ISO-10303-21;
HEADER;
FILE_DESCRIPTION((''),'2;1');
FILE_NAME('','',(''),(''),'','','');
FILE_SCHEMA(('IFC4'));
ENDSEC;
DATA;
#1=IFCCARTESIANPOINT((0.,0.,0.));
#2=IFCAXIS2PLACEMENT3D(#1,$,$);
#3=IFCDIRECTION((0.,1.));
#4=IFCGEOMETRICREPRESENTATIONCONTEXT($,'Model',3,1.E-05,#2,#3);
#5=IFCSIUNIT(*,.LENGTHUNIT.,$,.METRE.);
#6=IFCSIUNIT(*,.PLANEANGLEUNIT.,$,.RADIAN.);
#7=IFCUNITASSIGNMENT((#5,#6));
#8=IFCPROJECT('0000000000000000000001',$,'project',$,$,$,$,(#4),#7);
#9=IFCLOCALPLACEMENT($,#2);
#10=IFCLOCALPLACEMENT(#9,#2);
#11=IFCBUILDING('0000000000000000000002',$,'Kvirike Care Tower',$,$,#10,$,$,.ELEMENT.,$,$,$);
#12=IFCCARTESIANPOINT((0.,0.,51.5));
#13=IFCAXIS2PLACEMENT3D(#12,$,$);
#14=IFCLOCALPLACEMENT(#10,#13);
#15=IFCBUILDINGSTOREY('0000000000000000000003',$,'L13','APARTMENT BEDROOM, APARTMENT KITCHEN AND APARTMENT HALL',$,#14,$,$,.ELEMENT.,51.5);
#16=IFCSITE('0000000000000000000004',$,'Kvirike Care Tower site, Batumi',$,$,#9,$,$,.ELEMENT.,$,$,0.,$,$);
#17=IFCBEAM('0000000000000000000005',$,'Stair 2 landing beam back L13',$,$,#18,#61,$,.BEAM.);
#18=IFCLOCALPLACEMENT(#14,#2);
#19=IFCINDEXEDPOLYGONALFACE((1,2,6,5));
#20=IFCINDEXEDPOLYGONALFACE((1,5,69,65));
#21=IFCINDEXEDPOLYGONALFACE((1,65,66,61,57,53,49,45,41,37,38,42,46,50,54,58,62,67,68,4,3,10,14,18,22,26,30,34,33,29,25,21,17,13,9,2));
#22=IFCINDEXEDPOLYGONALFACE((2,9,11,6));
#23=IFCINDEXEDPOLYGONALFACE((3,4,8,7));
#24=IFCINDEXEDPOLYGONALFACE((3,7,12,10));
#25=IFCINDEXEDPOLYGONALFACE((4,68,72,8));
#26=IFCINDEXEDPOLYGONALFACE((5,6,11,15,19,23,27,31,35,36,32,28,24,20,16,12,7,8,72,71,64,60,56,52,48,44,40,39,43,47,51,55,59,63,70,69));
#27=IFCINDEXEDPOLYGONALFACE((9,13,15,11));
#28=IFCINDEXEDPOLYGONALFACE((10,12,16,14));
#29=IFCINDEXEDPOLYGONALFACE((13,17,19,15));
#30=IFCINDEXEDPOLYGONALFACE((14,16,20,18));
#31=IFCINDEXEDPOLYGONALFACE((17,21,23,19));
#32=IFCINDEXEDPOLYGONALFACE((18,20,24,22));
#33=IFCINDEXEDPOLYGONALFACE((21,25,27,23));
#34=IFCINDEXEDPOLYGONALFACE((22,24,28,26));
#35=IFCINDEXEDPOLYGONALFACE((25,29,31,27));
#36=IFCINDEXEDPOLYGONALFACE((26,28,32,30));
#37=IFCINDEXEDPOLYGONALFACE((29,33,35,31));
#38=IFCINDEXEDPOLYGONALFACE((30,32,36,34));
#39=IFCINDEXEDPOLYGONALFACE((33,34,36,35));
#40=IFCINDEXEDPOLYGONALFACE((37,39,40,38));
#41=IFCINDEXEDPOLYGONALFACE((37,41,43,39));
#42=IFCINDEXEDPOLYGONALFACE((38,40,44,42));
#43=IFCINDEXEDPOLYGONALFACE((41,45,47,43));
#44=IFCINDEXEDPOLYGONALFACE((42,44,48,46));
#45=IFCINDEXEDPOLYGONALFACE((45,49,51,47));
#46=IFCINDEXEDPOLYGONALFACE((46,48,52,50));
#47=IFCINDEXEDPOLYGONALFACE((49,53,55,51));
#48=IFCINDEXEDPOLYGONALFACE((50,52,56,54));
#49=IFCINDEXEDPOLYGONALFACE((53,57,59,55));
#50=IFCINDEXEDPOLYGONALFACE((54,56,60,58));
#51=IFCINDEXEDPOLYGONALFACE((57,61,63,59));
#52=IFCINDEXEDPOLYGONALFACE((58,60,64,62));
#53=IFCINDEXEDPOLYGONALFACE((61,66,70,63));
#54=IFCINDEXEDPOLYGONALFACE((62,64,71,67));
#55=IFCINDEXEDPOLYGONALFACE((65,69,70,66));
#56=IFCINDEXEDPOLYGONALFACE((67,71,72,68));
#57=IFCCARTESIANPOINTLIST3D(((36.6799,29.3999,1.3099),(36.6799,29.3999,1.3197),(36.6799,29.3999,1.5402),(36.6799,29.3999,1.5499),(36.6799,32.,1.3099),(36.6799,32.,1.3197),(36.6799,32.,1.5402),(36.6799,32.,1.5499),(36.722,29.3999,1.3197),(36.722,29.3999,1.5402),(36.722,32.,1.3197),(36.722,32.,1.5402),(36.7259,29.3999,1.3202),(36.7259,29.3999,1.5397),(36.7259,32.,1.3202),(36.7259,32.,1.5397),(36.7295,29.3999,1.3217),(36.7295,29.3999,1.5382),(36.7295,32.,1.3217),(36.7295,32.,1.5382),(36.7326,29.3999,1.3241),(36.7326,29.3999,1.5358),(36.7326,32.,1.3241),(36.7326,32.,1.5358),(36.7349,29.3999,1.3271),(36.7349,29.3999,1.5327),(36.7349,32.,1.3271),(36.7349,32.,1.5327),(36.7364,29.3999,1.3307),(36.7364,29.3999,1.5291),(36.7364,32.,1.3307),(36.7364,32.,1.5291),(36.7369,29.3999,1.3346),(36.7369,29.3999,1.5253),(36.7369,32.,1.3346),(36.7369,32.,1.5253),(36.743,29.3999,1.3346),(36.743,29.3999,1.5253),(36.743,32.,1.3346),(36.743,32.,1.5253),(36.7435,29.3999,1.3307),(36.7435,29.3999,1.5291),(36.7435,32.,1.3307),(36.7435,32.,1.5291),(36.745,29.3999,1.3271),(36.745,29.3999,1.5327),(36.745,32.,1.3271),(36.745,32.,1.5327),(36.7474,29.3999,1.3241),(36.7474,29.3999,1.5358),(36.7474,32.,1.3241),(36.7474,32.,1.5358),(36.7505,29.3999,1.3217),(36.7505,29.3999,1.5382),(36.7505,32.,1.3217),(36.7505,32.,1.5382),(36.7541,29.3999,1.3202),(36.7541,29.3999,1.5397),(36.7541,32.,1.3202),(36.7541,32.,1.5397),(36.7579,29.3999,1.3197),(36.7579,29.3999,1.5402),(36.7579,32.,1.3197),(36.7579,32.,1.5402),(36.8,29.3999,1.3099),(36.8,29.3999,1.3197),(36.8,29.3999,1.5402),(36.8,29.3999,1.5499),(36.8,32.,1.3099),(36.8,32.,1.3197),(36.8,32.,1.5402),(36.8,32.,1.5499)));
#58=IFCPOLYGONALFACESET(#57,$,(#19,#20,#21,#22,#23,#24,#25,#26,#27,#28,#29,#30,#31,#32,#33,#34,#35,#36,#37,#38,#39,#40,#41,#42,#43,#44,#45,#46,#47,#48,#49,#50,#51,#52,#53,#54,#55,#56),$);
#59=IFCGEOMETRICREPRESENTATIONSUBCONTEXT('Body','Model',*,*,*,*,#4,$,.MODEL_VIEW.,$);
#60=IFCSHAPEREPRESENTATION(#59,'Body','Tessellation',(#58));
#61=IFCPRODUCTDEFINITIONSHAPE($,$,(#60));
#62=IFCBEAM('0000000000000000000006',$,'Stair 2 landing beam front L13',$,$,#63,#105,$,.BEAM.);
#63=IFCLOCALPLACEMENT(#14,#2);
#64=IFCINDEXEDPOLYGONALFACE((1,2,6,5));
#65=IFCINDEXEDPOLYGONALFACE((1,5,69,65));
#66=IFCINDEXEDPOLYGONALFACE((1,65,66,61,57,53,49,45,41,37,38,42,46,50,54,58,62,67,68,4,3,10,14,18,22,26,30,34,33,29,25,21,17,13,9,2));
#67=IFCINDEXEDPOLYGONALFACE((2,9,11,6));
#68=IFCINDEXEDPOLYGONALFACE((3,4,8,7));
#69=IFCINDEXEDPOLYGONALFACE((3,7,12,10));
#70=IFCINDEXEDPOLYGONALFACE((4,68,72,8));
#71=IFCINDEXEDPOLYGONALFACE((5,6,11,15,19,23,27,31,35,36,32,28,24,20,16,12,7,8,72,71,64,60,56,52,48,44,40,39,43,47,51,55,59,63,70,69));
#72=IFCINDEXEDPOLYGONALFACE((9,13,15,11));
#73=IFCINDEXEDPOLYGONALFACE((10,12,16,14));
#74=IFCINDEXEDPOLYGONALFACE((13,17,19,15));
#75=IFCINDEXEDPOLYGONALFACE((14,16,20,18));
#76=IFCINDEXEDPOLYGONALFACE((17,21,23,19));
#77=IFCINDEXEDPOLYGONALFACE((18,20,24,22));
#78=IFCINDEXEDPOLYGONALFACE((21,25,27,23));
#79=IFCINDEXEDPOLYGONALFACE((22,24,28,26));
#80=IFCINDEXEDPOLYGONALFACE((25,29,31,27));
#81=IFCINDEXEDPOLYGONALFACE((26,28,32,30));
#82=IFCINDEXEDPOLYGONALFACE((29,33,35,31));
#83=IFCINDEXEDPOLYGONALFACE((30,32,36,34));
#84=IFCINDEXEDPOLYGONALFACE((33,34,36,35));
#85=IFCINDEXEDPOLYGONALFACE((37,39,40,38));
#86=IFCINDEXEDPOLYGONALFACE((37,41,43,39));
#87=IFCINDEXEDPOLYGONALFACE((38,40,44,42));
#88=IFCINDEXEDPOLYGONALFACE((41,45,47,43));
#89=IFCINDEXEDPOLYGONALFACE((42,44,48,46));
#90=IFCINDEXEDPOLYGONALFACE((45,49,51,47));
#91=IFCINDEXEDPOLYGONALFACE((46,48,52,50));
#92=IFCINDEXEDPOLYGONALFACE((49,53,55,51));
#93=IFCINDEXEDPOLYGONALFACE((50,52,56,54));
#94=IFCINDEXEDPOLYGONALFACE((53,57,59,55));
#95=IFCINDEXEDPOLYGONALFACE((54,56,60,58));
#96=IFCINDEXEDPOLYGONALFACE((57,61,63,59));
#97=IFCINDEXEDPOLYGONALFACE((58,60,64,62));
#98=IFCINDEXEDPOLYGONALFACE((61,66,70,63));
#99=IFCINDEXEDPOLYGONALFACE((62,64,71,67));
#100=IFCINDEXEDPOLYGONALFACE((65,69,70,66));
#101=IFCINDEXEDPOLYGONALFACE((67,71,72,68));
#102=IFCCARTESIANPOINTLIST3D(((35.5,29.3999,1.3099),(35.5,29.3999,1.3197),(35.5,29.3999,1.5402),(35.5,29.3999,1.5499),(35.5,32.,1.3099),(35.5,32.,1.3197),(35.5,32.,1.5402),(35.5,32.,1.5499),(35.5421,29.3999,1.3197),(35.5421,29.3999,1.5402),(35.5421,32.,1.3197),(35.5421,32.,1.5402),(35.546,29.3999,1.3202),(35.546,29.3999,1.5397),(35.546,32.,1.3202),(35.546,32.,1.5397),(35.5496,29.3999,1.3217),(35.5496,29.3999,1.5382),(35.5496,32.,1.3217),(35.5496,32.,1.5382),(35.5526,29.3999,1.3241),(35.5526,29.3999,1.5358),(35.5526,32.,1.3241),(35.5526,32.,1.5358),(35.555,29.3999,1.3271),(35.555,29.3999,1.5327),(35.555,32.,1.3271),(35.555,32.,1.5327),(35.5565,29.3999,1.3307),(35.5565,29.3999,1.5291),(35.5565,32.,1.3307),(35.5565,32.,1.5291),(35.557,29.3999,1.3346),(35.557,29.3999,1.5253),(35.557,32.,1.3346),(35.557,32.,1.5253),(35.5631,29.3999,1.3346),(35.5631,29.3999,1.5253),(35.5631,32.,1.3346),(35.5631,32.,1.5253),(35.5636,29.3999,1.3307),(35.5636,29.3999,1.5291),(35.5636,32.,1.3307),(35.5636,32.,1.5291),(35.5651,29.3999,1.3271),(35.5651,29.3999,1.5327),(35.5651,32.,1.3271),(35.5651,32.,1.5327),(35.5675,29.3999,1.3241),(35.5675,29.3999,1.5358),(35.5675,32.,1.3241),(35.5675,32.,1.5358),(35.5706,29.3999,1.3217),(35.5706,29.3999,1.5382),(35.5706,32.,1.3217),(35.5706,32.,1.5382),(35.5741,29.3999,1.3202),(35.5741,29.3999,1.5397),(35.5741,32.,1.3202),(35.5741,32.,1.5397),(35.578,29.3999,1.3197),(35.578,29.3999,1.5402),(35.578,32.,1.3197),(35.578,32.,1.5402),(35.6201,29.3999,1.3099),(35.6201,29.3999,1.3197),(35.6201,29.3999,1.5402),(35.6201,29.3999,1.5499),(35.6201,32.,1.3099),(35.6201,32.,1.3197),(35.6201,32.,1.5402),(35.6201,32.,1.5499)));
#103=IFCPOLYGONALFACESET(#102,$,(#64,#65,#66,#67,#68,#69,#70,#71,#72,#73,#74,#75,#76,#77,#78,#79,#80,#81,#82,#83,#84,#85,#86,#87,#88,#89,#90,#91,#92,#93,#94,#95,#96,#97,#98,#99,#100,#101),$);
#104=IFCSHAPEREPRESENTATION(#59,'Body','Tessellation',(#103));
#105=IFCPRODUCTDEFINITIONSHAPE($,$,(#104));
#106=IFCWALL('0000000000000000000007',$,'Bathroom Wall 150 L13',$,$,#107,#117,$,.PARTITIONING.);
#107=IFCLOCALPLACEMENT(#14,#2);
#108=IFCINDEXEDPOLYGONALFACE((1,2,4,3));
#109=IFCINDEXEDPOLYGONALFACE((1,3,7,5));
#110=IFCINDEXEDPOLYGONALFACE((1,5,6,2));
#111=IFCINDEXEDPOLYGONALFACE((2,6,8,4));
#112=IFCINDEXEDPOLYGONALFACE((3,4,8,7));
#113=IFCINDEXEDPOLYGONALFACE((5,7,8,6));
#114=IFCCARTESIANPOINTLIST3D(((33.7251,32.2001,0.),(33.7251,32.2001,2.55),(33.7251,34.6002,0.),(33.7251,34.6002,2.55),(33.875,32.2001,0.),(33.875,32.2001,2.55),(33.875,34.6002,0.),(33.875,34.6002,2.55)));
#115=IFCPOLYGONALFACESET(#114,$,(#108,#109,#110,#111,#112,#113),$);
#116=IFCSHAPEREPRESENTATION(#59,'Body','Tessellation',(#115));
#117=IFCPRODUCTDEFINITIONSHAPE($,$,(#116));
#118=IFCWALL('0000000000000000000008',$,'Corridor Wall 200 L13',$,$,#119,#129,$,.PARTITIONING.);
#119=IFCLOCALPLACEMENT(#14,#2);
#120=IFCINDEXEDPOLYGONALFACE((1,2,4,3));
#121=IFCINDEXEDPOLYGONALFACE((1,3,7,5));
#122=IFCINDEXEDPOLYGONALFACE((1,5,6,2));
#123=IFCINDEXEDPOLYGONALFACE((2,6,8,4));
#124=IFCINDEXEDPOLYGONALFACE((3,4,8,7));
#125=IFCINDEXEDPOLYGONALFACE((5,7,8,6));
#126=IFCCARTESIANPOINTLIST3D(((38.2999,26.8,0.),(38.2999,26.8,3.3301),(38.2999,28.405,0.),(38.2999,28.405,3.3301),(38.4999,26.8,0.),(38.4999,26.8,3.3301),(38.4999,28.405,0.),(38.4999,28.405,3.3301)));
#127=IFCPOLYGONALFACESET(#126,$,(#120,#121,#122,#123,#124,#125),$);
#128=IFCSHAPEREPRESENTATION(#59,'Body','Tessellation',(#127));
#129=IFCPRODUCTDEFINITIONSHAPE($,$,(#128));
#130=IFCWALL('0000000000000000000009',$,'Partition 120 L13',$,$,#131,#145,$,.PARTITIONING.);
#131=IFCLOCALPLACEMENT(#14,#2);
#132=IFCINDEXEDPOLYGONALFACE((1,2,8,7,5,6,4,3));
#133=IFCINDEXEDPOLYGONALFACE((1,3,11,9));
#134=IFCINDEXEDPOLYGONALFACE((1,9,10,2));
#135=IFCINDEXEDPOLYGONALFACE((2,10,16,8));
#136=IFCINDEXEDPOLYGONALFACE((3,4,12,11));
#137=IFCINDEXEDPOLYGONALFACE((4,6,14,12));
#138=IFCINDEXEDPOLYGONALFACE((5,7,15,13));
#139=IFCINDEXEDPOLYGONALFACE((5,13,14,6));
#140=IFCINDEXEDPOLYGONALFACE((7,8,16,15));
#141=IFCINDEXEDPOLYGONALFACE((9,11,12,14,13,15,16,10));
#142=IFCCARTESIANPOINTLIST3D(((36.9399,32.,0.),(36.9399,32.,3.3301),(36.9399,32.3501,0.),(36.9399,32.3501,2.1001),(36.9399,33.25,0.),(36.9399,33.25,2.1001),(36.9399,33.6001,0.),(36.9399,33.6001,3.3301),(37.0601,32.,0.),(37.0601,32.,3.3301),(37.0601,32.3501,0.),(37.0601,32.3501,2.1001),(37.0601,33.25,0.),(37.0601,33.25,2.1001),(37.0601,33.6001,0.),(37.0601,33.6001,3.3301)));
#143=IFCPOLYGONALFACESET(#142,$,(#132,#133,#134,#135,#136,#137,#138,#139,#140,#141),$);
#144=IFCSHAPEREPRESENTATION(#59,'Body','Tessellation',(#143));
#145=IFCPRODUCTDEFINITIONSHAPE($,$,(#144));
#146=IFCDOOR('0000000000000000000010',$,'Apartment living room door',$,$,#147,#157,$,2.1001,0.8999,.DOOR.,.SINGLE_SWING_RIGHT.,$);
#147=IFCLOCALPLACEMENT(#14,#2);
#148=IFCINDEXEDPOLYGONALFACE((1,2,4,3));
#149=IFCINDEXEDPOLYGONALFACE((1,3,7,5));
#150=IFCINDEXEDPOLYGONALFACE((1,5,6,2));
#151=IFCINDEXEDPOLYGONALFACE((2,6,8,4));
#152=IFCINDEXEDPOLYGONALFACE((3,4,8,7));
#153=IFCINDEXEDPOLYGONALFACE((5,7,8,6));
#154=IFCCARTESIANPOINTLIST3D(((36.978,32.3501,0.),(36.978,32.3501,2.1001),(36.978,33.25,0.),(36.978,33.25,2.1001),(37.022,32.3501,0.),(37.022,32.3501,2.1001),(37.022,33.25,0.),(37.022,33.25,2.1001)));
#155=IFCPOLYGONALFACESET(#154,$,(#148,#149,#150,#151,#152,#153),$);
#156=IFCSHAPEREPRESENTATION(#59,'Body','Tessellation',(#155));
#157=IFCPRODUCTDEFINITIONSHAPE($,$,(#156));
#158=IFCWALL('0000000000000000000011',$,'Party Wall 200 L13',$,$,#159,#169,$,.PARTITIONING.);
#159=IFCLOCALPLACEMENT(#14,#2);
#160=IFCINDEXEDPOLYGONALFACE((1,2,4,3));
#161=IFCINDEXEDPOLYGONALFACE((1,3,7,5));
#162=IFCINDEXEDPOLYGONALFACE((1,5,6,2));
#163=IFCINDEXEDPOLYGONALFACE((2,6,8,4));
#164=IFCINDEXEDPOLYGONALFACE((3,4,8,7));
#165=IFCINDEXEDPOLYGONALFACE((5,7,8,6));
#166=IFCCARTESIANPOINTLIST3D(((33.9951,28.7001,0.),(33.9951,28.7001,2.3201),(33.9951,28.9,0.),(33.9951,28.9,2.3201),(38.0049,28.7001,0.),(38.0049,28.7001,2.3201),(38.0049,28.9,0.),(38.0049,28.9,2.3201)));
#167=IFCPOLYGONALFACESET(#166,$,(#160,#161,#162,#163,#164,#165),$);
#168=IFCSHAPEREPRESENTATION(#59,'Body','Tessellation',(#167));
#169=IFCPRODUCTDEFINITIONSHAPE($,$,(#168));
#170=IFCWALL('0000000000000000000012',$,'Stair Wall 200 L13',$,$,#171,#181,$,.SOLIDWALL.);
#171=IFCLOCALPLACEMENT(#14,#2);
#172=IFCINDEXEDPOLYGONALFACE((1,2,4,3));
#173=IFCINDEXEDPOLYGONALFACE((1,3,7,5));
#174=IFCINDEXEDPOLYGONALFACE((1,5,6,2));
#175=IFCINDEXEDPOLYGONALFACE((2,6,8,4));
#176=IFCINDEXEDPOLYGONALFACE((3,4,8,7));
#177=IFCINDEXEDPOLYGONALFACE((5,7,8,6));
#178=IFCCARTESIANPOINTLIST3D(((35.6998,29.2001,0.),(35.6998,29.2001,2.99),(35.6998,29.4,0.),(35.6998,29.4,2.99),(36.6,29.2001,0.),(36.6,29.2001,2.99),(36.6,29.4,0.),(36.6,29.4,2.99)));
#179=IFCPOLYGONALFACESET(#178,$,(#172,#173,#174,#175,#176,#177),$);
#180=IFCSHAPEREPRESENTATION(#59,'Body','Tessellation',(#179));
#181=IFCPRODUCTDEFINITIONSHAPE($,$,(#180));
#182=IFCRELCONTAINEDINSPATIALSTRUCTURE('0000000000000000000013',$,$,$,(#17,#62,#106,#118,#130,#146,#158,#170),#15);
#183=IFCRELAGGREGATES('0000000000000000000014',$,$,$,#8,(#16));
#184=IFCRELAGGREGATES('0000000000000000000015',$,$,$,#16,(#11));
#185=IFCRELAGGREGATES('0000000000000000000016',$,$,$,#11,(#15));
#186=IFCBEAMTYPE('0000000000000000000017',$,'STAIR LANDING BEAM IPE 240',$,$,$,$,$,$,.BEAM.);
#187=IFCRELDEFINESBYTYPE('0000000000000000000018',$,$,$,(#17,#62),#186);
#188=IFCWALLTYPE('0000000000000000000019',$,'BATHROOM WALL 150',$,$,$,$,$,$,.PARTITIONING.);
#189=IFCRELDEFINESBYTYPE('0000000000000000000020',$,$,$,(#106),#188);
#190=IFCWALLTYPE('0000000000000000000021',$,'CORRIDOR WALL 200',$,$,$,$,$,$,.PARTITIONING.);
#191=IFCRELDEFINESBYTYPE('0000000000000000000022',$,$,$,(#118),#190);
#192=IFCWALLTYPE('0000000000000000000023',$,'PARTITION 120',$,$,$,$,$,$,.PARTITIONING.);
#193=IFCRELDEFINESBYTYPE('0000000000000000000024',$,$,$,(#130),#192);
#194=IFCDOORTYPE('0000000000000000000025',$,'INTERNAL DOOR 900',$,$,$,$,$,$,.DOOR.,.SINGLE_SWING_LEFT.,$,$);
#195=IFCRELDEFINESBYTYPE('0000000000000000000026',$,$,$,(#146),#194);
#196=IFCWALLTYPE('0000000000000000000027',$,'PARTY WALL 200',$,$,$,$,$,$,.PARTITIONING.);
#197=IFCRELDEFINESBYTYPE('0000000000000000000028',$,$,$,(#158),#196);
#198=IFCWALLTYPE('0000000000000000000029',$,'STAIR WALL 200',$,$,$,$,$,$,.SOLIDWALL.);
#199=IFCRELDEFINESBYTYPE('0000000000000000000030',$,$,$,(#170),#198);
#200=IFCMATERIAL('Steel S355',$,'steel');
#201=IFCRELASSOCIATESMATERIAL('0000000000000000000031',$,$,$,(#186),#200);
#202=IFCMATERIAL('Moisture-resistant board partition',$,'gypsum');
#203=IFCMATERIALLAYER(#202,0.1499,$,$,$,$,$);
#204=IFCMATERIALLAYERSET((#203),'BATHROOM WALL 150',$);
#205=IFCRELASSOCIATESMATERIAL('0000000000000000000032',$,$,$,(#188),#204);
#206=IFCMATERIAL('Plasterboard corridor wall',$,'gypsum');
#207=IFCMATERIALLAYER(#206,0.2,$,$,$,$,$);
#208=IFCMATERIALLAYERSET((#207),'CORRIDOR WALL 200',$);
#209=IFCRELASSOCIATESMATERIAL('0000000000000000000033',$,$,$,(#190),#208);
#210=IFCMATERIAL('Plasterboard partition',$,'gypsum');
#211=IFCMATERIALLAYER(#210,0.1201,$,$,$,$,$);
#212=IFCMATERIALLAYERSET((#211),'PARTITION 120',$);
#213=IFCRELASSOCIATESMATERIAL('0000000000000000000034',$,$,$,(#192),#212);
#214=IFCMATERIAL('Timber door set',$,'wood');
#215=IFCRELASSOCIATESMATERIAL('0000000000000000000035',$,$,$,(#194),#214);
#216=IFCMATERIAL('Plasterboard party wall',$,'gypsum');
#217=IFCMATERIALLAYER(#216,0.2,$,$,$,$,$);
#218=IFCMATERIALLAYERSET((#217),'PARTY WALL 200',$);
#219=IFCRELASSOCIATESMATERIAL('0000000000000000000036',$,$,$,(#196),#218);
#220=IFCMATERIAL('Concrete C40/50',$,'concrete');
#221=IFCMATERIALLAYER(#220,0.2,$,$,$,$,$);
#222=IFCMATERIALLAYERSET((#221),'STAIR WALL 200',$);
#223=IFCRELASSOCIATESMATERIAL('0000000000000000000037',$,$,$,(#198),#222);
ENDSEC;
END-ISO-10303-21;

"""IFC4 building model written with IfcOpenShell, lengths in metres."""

from ifc_helpers import new_model, si_unit, direction, frame, frame_2d, origin, origin_2d, place, context, subcontext, project, spatial, rectangle, i_section, extrude, material, layer, layer_set, material_profile, profile_set, type_object, element, fill, save


model = new_model("IFC4")

# Units and contexts
model_context = context("Model", 3, precision=1e-05, world=origin(), true_north=direction((0.0, 1.0)))
body_context = subcontext(model_context, "Body", "Model", "MODEL_VIEW")
ifc_project = project(units=[si_unit("LENGTHUNIT", "METRE"), si_unit("PLANEANGLEUNIT", "RADIAN")], contexts=[model_context])

# Site, building, storey
site_placement = place(None, origin())
site = spatial("IfcSite", under=ifc_project, at=site_placement, Name="Kvirike Care Tower site, Batumi", CompositionType="ELEMENT", RefElevation=0.0)
building_placement = place(site_placement, origin())
building = spatial("IfcBuilding", under=site, at=building_placement, Name="Kvirike Care Tower", CompositionType="ELEMENT")
storey_placement = place(building_placement, frame((0.0, 0.0, 51.5)))
storey = spatial("IfcBuildingStorey", under=building, at=storey_placement, Name="L13", Description="APARTMENT BEDROOM, APARTMENT KITCHEN AND APARTMENT HALL", CompositionType="ELEMENT", Elevation=51.5)

# Beams
ifc_material_1 = material(Name="Steel S355", Category="steel")
ifc_material_profile_1 = material_profile(ifc_material_1, i_section(OverallWidth=0.1201, OverallDepth=0.24, WebThickness=0.0061, FlangeThickness=0.0098, FilletRadius=0.0149, at=origin_2d()), Name="IPE 240")
ifc_profile_set_1 = profile_set([ifc_material_profile_1], Name="Steel S355")
beam_type_1 = type_object("IfcBeamType", Name="STAIR LANDING BEAM IPE 240", PredefinedType="BEAM", material=ifc_profile_set_1)
for number, where, z_axis, x_axis, name in (
    (1, (36.74, 29.3999, 1.4299), (0.0, 1.0, 0.0), (-1.0, 0.0, 0.0), "Stair 2 landing beam back L13"),
    (2, (35.5601, 29.3999, 1.4299), (0.0, 1.0, 0.0), (-1.0, 0.0, 0.0), "Stair 2 landing beam front L13"),
):
    element("IfcBeam", number, at=place(storey_placement, frame(where, z_axis=z_axis, x_axis=x_axis)), inside=storey, type_object=beam_type_1, Name=name, PredefinedType="BEAM", context=body_context, shape_type="SweptSolid", body=[
        extrude(i_section(OverallWidth=0.1201, OverallDepth=0.24, WebThickness=0.0061, FlangeThickness=0.0098, FilletRadius=0.0149, at=origin_2d()), origin(), (0.0, 0.0, 1.0), 2.6001),
    ])

# Walls
ifc_material_2 = material(Name="Moisture-resistant board partition", Category="gypsum")
ifc_layer_1 = layer(ifc_material_2, 0.1499)
ifc_layer_set_1 = layer_set([ifc_layer_1], Name="BATHROOM WALL 150")
wall_type_1 = type_object("IfcWallType", Name="BATHROOM WALL 150", PredefinedType="PARTITIONING", material=ifc_layer_set_1)
wall_1_placement = place(storey_placement, frame((33.8, 32.2, 0.0), z_axis=(0.0, 0.0, 1.0), x_axis=(0.0, 1.0, 0.0)))
element("IfcWall", 3, at=wall_1_placement, inside=storey, type_object=wall_type_1, Name="Bathroom Wall 150 L13", PredefinedType="PARTITIONING", context=body_context, shape_type="SweptSolid", body=[
    extrude(rectangle(XDim=2.4001, YDim=0.1499, at=frame_2d((1.2002, 0.0))), origin(), (0.0, 0.0, 1.0), 2.55),
])
ifc_material_3 = material(Name="Plasterboard corridor wall", Category="gypsum")
ifc_layer_2 = layer(ifc_material_3, 0.2)
ifc_layer_set_2 = layer_set([ifc_layer_2], Name="CORRIDOR WALL 200")
wall_type_2 = type_object("IfcWallType", Name="CORRIDOR WALL 200", PredefinedType="PARTITIONING", material=ifc_layer_set_2)
wall_2_placement = place(storey_placement, frame((38.3999, 26.8, 0.0), z_axis=(0.0, 0.0, 1.0), x_axis=(0.0, 1.0, 0.0)))
element("IfcWall", 4, at=wall_2_placement, inside=storey, type_object=wall_type_2, Name="Corridor Wall 200 L13", PredefinedType="PARTITIONING", context=body_context, shape_type="SweptSolid", body=[
    extrude(rectangle(XDim=1.605, YDim=0.2, at=frame_2d((0.8025, 0.0))), origin(), (0.0, 0.0, 1.0), 3.3301),
])

# Wall, opening, door
ifc_material_4 = material(Name="Plasterboard partition", Category="gypsum")
ifc_layer_3 = layer(ifc_material_4, 0.1201)
ifc_layer_set_3 = layer_set([ifc_layer_3], Name="PARTITION 120")
wall_type_3 = type_object("IfcWallType", Name="PARTITION 120", PredefinedType="PARTITIONING", material=ifc_layer_set_3)
wall_3_placement = place(storey_placement, frame((37.0, 32.0, 0.0), z_axis=(0.0, 0.0, 1.0), x_axis=(0.0, 1.0, 0.0)))
wall_3 = element("IfcWall", 5, at=wall_3_placement, inside=storey, type_object=wall_type_3, Name="Partition 120 L13", PredefinedType="PARTITIONING", context=body_context, shape_type="SweptSolid", body=[
    extrude(rectangle(XDim=1.6001, YDim=0.1201, at=frame_2d((0.8, 0.0))), origin(), (0.0, 0.0, 1.0), 3.3301),
])
opening_placement = place(wall_3_placement, frame((0.3501, 0.0, 0.0)))
opening = element("IfcOpeningElement", 6, at=opening_placement, cuts=wall_3, PredefinedType="OPENING", context=body_context, shape_type="SweptSolid", body=[
    extrude(rectangle(XDim=0.8999, YDim=2.1001, at=frame_2d((0.45, 1.05))), frame((0.0, 0.0706, 0.0), z_axis=(0.0, -1.0, 0.0), x_axis=(1.0, 0.0, 0.0)), (0.0, 0.0, 1.0), 0.1411),
])
ifc_material_5 = material(Name="Timber door set", Category="wood")
door_type = type_object("IfcDoorType", Name="INTERNAL DOOR 900", OperationType="SINGLE_SWING_LEFT", PredefinedType="DOOR", material=ifc_material_5)
door_placement = place(opening_placement, frame((0.8999, 0.0, 0.0), z_axis=(0.0, 0.0, 1.0), x_axis=(-1.0, 0.0, 0.0)))
door = element("IfcDoor", 7, at=door_placement, inside=storey, type_object=door_type, Name="Apartment living room door", OperationType="SINGLE_SWING_RIGHT", OverallHeight=2.1001, OverallWidth=0.8999, PredefinedType="DOOR", context=body_context, shape_type="SweptSolid", body=[
    extrude(rectangle(XDim=0.8999, YDim=2.1001, at=frame_2d((0.45, 1.05))), frame((0.0, 0.022, 0.0), z_axis=(0.0, -1.0, 0.0), x_axis=(1.0, 0.0, 0.0)), (0.0, 0.0, 1.0), 0.0439),
])
fill(opening, door)

# Walls
ifc_material_6 = material(Name="Plasterboard party wall", Category="gypsum")
ifc_layer_4 = layer(ifc_material_6, 0.2)
ifc_layer_set_4 = layer_set([ifc_layer_4], Name="PARTY WALL 200")
wall_type_4 = type_object("IfcWallType", Name="PARTY WALL 200", PredefinedType="PARTITIONING", material=ifc_layer_set_4)
wall_4_placement = place(storey_placement, frame((38.0049, 28.8, 0.0), z_axis=(0.0, 0.0, 1.0), x_axis=(-1.0, 0.0, 0.0)))
element("IfcWall", 8, at=wall_4_placement, inside=storey, type_object=wall_type_4, Name="Party Wall 200 L13", PredefinedType="PARTITIONING", context=body_context, shape_type="SweptSolid", body=[
    extrude(rectangle(XDim=4.0098, YDim=0.2, at=frame_2d((2.0049, 0.0))), origin(), (0.0, 0.0, 1.0), 2.3201),
])
ifc_material_7 = material(Name="Concrete C40/50", Category="concrete")
ifc_layer_5 = layer(ifc_material_7, 0.2)
ifc_layer_set_5 = layer_set([ifc_layer_5], Name="STAIR WALL 200")
wall_type_5 = type_object("IfcWallType", Name="STAIR WALL 200", PredefinedType="SOLIDWALL", material=ifc_layer_set_5)
wall_5_placement = place(storey_placement, frame((36.6001, 29.3, 0.0), z_axis=(0.0, 0.0, 1.0), x_axis=(-1.0, 0.0, 0.0)))
element("IfcWall", 9, at=wall_5_placement, inside=storey, type_object=wall_type_5, Name="Stair Wall 200 L13", PredefinedType="SOLIDWALL", context=body_context, shape_type="SweptSolid", body=[
    extrude(rectangle(XDim=0.9001, YDim=0.2, at=frame_2d((0.4502, 0.0))), origin(), (0.0, 0.0, 1.0), 2.99),
])

save(model, "model.ifc")
